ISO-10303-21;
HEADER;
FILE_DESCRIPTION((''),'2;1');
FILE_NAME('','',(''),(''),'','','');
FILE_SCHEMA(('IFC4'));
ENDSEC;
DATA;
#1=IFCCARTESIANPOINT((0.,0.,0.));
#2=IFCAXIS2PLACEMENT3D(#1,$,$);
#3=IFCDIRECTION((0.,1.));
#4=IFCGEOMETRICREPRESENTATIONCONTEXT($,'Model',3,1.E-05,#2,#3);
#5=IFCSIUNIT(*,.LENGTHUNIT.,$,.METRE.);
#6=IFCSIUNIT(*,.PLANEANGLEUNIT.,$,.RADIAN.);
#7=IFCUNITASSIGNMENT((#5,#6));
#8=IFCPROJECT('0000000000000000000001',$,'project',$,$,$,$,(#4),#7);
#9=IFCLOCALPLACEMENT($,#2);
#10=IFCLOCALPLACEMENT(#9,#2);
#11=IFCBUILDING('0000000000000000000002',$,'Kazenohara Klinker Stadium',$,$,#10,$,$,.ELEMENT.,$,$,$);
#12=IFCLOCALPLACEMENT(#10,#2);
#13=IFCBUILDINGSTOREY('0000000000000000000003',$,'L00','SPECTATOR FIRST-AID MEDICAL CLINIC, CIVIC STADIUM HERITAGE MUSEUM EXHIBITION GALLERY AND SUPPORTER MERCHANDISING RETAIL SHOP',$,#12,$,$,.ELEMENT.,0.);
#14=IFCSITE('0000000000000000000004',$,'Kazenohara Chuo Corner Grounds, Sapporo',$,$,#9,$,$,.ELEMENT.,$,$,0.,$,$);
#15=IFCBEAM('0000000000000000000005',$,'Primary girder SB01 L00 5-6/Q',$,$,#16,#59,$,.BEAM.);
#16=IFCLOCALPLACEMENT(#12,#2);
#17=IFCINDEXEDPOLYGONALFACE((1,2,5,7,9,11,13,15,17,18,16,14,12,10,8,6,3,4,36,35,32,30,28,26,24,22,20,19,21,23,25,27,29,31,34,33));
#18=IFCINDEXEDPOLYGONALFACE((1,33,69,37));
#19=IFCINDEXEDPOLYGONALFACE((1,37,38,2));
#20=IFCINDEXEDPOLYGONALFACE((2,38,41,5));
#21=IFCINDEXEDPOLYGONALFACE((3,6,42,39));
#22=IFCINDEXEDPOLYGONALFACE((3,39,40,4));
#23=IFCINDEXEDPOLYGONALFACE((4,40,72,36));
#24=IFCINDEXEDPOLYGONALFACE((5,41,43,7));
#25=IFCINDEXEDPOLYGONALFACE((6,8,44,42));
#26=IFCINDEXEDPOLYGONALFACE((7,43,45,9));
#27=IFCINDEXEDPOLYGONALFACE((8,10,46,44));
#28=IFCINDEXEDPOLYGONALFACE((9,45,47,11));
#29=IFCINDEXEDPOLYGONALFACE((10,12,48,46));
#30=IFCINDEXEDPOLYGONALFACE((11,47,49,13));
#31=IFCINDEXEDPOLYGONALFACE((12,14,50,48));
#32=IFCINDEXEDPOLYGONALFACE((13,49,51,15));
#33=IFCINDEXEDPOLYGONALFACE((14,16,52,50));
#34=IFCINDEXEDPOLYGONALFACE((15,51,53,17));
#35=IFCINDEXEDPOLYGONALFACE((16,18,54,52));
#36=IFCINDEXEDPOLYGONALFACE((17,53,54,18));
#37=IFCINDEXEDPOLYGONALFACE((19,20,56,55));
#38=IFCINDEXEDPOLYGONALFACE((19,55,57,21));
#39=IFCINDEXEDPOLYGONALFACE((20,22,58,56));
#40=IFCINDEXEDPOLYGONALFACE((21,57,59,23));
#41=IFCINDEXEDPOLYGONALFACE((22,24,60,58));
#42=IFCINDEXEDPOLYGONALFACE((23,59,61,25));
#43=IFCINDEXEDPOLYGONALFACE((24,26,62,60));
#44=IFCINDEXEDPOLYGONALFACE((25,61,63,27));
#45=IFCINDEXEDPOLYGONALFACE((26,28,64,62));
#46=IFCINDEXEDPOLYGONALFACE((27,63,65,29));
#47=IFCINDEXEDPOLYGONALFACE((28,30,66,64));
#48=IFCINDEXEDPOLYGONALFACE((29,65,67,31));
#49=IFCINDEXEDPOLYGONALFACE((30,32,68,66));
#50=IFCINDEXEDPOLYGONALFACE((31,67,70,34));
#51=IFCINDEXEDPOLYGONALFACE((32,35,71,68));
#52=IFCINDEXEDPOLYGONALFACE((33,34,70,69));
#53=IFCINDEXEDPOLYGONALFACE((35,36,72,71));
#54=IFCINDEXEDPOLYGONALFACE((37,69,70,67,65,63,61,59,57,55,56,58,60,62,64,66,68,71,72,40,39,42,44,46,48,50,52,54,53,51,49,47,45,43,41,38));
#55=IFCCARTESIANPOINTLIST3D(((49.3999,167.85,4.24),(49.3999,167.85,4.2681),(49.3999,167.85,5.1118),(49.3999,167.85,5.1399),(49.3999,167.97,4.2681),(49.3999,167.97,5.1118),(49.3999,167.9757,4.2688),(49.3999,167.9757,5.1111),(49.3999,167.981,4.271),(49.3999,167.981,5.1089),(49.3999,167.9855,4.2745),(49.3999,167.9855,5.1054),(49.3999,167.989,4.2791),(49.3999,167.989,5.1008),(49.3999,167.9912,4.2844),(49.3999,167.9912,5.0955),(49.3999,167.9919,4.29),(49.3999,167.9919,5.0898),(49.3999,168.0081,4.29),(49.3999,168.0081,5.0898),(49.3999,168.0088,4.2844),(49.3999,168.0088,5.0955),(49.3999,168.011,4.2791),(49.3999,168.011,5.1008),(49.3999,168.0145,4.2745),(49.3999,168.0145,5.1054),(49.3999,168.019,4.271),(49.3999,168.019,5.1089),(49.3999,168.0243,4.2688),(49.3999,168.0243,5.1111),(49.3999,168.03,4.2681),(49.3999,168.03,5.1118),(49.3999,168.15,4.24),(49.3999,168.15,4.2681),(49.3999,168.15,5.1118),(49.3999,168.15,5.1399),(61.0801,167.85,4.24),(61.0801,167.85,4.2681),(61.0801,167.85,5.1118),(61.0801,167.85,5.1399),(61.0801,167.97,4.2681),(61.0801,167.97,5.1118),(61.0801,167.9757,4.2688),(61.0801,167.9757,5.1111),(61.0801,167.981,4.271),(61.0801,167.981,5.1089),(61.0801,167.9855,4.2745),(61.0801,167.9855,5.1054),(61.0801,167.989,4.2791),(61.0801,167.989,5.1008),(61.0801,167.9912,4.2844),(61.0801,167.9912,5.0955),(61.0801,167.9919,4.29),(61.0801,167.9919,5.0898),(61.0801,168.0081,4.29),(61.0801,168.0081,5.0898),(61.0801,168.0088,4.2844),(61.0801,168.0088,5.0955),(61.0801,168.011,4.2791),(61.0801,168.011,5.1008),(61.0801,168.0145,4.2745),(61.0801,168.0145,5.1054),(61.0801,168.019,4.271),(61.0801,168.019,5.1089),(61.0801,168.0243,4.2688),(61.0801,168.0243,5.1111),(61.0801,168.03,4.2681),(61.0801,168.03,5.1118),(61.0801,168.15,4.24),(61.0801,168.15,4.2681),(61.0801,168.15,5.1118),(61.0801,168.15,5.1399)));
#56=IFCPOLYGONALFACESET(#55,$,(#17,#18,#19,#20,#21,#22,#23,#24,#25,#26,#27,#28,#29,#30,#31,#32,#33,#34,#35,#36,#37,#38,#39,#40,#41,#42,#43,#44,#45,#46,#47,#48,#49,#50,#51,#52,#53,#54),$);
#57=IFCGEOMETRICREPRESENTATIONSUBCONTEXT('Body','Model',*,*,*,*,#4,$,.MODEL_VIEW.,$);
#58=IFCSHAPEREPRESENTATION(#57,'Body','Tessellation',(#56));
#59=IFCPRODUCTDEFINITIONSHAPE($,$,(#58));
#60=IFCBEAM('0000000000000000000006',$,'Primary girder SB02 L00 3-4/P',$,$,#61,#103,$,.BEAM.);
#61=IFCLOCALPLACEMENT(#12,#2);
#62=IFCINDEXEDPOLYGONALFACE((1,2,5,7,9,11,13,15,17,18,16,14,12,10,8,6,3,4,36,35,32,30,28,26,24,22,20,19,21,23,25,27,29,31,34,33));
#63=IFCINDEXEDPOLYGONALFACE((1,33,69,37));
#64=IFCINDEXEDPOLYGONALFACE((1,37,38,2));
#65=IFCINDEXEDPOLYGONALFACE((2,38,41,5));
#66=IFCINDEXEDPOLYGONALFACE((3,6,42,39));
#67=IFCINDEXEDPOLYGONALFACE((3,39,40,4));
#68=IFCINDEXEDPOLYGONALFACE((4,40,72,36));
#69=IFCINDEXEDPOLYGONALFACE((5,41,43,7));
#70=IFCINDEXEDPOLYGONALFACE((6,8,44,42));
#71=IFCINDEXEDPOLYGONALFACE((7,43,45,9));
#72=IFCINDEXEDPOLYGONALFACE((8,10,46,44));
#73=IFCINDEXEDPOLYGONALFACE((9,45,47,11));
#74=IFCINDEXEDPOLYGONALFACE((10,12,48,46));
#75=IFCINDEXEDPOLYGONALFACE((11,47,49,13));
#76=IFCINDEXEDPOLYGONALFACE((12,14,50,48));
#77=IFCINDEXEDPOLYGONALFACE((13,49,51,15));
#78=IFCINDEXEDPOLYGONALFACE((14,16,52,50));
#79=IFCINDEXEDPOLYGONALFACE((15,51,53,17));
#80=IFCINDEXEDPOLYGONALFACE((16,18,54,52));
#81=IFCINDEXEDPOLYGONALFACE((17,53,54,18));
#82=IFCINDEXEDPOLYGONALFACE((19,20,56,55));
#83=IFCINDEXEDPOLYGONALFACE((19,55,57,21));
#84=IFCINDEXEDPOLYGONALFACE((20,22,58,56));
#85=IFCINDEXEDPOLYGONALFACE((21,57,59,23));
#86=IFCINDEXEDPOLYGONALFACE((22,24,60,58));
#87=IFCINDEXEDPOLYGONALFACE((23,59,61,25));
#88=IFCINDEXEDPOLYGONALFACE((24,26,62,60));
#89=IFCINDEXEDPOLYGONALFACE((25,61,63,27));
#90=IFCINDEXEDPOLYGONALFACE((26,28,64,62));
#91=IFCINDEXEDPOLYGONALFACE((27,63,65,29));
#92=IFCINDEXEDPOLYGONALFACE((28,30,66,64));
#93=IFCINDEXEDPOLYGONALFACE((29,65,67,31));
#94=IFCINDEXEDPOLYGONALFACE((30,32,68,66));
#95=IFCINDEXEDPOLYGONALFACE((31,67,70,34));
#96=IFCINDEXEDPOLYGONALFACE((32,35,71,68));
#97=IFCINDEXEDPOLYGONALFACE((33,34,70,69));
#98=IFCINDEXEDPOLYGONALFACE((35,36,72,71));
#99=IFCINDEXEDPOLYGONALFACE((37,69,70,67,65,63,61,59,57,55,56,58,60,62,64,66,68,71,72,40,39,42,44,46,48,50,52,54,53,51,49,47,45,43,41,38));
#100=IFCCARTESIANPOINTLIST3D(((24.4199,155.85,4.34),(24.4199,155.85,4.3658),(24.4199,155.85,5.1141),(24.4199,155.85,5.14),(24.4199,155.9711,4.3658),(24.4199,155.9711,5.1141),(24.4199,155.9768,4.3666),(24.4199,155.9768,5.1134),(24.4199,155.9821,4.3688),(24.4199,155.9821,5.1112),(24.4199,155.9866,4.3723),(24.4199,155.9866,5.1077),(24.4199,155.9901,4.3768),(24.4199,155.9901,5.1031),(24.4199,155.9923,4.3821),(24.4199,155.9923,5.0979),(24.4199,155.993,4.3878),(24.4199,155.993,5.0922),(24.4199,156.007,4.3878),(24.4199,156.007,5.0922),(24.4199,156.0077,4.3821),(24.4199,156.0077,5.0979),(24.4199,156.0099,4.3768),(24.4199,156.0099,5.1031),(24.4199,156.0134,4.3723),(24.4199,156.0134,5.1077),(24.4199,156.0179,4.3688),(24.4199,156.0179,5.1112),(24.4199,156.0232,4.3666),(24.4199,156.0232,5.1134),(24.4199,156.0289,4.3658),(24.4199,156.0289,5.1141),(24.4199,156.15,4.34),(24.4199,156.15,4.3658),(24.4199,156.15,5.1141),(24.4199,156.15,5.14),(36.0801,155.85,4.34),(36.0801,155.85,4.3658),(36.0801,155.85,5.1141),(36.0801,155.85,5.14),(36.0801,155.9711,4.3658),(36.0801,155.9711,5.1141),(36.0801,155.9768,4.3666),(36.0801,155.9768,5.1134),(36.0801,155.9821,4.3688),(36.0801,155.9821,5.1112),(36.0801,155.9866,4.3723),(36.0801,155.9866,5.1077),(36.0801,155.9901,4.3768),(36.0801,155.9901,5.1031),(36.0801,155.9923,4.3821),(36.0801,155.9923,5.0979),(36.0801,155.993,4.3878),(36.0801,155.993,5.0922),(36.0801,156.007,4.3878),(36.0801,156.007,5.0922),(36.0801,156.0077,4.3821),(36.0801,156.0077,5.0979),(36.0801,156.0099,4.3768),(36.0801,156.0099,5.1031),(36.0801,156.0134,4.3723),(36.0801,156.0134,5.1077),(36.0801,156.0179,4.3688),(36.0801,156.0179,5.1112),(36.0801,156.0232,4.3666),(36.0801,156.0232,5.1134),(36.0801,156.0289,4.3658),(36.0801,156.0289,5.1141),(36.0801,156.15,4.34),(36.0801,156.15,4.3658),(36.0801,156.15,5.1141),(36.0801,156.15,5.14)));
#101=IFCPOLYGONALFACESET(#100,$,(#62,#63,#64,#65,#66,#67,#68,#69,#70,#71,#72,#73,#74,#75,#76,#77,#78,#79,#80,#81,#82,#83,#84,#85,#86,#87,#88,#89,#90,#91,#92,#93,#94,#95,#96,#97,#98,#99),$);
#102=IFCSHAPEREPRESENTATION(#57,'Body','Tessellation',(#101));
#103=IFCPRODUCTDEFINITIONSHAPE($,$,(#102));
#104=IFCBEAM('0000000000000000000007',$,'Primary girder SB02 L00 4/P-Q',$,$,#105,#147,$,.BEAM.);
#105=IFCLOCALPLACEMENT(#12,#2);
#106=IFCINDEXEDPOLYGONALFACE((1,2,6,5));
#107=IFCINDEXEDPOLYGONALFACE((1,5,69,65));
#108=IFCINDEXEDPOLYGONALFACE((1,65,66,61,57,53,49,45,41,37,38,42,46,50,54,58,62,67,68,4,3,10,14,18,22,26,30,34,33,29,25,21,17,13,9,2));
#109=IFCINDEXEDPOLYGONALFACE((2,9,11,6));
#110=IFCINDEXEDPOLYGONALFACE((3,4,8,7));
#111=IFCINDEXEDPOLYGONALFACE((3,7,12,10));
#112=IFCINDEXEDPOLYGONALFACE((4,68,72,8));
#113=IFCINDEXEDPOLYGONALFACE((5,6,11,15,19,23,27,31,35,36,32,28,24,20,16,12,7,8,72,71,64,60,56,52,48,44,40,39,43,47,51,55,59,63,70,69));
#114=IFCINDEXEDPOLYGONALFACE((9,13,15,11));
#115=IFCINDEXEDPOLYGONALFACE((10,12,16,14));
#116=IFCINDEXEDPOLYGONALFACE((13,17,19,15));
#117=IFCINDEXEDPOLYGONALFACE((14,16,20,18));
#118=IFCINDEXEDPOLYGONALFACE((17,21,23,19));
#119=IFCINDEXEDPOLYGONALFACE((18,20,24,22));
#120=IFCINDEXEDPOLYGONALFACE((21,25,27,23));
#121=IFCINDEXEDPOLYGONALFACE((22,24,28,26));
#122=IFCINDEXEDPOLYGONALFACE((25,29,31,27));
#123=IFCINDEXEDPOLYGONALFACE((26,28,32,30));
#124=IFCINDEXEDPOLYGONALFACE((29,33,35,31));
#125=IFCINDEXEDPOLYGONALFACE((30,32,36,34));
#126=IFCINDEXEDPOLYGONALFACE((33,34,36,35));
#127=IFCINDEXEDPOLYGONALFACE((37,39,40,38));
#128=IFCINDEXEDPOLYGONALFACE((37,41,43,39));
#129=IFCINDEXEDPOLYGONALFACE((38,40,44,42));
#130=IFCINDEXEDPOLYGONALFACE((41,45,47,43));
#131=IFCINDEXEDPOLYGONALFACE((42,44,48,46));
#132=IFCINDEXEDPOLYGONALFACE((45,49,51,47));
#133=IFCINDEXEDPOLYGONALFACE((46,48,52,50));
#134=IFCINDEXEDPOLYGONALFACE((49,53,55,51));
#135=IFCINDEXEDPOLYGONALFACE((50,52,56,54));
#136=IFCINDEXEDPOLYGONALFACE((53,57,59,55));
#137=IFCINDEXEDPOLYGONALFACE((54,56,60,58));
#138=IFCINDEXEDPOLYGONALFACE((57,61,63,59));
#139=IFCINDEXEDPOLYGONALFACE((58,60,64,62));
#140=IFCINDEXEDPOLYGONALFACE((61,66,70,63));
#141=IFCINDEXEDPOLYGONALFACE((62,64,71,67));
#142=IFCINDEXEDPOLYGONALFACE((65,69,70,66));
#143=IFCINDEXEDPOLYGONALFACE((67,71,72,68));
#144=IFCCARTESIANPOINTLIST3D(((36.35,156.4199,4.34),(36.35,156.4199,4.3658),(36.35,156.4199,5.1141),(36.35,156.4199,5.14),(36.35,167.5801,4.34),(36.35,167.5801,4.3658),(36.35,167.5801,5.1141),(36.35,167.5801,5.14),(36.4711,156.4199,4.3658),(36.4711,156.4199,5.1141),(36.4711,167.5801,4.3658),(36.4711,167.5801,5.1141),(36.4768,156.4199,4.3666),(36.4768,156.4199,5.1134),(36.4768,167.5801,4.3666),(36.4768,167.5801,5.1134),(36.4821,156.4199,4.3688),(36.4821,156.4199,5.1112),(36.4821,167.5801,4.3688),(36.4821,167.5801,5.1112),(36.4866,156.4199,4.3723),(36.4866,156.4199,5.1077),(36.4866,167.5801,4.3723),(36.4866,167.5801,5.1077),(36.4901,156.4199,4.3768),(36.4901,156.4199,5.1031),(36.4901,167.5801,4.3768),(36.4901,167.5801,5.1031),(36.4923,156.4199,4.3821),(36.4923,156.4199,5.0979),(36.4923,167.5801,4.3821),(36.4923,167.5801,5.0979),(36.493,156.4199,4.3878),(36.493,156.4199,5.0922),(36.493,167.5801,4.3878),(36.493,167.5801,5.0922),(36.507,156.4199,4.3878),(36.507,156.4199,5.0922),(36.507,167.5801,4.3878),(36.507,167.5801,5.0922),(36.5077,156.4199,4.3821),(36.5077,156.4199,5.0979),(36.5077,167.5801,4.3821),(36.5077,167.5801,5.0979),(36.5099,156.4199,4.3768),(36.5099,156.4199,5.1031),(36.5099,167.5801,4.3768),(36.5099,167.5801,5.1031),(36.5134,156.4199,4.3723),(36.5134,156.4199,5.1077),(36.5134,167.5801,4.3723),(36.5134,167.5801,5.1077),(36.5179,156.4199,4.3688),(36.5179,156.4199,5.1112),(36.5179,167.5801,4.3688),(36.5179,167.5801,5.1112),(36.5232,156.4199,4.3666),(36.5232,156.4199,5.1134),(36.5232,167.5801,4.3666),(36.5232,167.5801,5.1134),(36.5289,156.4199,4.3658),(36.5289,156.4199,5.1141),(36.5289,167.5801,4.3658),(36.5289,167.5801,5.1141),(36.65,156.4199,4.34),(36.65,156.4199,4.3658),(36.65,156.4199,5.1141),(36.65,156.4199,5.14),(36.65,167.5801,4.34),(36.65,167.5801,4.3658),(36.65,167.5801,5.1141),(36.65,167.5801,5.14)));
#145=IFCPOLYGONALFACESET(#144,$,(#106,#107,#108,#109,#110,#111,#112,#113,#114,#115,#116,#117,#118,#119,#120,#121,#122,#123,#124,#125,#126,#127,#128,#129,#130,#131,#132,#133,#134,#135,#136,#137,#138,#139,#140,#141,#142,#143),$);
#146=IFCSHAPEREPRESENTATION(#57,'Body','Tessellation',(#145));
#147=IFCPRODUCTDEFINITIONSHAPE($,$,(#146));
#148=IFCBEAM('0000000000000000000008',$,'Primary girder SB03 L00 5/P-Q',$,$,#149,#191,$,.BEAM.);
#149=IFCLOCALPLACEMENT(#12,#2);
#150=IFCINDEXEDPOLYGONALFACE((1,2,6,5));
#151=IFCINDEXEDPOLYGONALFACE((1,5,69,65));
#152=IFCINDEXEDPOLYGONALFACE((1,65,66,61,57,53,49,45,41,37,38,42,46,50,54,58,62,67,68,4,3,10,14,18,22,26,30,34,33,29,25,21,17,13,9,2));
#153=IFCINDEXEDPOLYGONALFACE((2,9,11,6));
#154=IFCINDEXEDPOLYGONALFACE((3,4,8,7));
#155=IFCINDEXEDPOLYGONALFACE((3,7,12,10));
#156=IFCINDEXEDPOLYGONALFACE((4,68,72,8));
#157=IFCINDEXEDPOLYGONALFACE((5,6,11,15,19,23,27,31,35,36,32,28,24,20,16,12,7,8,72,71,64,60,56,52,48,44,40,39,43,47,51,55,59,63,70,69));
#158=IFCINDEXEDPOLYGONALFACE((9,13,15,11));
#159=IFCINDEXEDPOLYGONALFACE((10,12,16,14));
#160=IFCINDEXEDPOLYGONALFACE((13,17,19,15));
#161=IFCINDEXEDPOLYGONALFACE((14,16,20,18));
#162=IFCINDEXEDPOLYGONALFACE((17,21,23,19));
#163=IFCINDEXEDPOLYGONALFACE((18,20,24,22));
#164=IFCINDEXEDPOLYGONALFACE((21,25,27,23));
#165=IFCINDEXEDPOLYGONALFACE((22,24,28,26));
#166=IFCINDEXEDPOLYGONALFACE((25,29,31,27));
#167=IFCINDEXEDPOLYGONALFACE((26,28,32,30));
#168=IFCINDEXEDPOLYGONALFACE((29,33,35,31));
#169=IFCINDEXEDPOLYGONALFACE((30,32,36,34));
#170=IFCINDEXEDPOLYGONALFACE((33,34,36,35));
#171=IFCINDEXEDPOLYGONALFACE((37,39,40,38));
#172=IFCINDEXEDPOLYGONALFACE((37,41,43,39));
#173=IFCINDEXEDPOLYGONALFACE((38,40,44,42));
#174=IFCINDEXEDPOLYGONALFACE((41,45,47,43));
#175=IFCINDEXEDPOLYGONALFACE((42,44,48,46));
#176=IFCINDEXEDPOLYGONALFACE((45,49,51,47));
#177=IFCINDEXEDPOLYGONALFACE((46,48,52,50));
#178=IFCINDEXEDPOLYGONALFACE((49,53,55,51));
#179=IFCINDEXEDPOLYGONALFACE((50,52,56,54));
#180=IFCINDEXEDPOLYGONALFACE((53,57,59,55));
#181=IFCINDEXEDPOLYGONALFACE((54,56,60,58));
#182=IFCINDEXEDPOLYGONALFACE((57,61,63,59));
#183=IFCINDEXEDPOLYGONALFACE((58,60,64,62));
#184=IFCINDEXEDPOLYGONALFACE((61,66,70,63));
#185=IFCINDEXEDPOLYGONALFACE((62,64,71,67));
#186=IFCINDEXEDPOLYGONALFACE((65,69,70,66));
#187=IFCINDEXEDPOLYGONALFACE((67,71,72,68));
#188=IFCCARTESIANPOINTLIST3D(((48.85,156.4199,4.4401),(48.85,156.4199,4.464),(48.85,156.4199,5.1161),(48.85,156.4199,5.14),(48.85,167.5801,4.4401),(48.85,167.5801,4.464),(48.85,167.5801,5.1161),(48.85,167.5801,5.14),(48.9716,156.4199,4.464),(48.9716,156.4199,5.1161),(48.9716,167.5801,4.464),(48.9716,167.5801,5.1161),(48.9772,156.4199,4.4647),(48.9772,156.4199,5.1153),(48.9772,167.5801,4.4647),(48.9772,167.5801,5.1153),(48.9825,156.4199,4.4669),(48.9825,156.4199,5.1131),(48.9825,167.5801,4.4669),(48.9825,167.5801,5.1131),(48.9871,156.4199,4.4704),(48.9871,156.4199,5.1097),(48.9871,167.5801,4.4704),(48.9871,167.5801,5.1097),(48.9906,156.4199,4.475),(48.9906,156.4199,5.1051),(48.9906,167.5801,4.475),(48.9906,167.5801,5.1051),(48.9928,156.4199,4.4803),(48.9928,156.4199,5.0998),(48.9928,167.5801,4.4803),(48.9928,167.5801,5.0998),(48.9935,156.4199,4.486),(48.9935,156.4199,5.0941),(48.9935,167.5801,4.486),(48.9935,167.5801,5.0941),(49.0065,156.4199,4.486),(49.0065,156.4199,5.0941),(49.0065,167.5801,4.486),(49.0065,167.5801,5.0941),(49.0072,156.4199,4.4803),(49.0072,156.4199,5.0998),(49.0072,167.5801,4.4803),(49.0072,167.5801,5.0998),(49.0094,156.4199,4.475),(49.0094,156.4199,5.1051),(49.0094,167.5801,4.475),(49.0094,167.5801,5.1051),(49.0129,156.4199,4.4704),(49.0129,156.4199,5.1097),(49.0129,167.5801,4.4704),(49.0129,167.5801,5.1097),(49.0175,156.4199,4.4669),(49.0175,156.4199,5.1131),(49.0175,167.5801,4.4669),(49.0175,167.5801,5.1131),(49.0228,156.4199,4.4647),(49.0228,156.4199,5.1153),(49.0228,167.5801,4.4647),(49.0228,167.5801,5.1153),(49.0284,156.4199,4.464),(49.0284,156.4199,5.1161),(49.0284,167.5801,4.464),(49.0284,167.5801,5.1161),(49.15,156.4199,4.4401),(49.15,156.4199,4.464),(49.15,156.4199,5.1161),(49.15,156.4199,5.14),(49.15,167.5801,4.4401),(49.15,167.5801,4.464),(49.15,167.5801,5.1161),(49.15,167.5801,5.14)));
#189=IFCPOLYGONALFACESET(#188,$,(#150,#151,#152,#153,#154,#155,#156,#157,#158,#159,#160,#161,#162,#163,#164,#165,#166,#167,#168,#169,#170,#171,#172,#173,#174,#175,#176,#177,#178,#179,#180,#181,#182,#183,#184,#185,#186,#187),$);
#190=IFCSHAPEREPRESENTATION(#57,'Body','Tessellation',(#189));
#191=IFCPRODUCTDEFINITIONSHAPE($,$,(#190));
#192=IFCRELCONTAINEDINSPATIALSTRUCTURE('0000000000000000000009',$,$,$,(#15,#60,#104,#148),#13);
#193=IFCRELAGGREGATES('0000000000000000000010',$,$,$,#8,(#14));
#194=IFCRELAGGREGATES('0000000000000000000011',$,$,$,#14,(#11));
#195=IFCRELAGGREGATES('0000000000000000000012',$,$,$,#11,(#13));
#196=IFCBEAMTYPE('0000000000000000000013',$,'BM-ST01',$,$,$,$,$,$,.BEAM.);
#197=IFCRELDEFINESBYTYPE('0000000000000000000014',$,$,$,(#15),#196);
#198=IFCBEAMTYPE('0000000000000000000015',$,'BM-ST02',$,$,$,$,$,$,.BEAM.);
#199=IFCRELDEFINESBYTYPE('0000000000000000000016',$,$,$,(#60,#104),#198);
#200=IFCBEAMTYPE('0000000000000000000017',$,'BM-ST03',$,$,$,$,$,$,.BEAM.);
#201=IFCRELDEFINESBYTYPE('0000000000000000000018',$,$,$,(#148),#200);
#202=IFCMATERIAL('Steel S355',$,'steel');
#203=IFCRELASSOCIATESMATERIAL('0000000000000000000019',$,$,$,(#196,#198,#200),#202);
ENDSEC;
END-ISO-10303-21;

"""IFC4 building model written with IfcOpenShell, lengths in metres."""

from ifc_helpers import new_model, si_unit, direction, frame, origin, origin_2d, place, context, subcontext, project, spatial, i_section, extrude, material, material_profile, profile_set, type_object, element, save


model = new_model("IFC4")

# Units and contexts
model_context = context("Model", 3, precision=1e-05, world=origin(), true_north=direction((0.0, 1.0)))
body_context = subcontext(model_context, "Body", "Model", "MODEL_VIEW")
ifc_project = project(units=[si_unit("LENGTHUNIT", "METRE"), si_unit("PLANEANGLEUNIT", "RADIAN")], contexts=[model_context])

# Site, building, storey
site_placement = place(None, origin())
site = spatial("IfcSite", under=ifc_project, at=site_placement, Name="Kazenohara Chuo Corner Grounds, Sapporo", CompositionType="ELEMENT", RefElevation=0.0)
building_placement = place(site_placement, origin())
building = spatial("IfcBuilding", under=site, at=building_placement, Name="Kazenohara Klinker Stadium", CompositionType="ELEMENT")
storey_placement = place(building_placement, origin())
storey = spatial("IfcBuildingStorey", under=building, at=storey_placement, Name="L00", Description="SPECTATOR FIRST-AID MEDICAL CLINIC, CIVIC STADIUM HERITAGE MUSEUM EXHIBITION GALLERY AND SUPPORTER MERCHANDISING RETAIL SHOP", CompositionType="ELEMENT", Elevation=0.0)

# Beams
ifc_material_1 = material(Name="Steel S355", Category="steel")
ifc_material_profile_1 = material_profile(ifc_material_1, i_section(OverallWidth=0.3, OverallDepth=0.8999, WebThickness=0.0161, FlangeThickness=0.0281, FilletRadius=0.022, at=origin_2d()), Name="H-900x300x16x28")
ifc_profile_set_1 = profile_set([ifc_material_profile_1], Name="Steel S355")
beam_type_1 = type_object("IfcBeamType", Name="BM-ST01", PredefinedType="BEAM", material=ifc_profile_set_1)
beam_1_placement = place(storey_placement, frame((49.3999, 168.0, 4.6899), z_axis=(1.0, 0.0, 0.0), x_axis=(0.0, 1.0, 0.0)))
element("IfcBeam", 1, at=beam_1_placement, inside=storey, type_object=beam_type_1, Name="Primary girder SB01 L00 5-6/Q", PredefinedType="BEAM", context=body_context, shape_type="SweptSolid", body=[
    extrude(i_section(OverallWidth=0.3, OverallDepth=0.8999, WebThickness=0.0161, FlangeThickness=0.0281, FilletRadius=0.022, at=origin_2d()), origin(), (0.0, 0.0, 1.0), 11.6802),
])
ifc_material_profile_2 = material_profile(ifc_material_1, i_section(OverallWidth=0.3, OverallDepth=0.8, WebThickness=0.0139, FlangeThickness=0.0259, FilletRadius=0.022, at=origin_2d()), Name="H-800x300x14x26")
ifc_profile_set_2 = profile_set([ifc_material_profile_2], Name="Steel S355")
beam_type_2 = type_object("IfcBeamType", Name="BM-ST02", PredefinedType="BEAM", material=ifc_profile_set_2)
beam_2_placement = place(storey_placement, frame((24.4199, 156.0, 4.74), z_axis=(1.0, 0.0, 0.0), x_axis=(0.0, 1.0, 0.0)))
element("IfcBeam", 2, at=beam_2_placement, inside=storey, type_object=beam_type_2, Name="Primary girder SB02 L00 3-4/P", PredefinedType="BEAM", context=body_context, shape_type="SweptSolid", body=[
    extrude(i_section(OverallWidth=0.3, OverallDepth=0.8, WebThickness=0.0139, FlangeThickness=0.0259, FilletRadius=0.022, at=origin_2d()), origin(), (0.0, 0.0, 1.0), 11.6602),
])
beam_3_placement = place(storey_placement, frame((36.5, 156.4199, 4.74), z_axis=(0.0, 1.0, 0.0), x_axis=(-1.0, 0.0, 0.0)))
element("IfcBeam", 3, at=beam_3_placement, inside=storey, type_object=beam_type_2, Name="Primary girder SB02 L00 4/P-Q", PredefinedType="BEAM", context=body_context, shape_type="SweptSolid", body=[
    extrude(i_section(OverallWidth=0.3, OverallDepth=0.8, WebThickness=0.0139, FlangeThickness=0.0259, FilletRadius=0.022, at=origin_2d()), origin(), (0.0, 0.0, 1.0), 11.1602),
])
ifc_material_profile_3 = material_profile(ifc_material_1, i_section(OverallWidth=0.3, OverallDepth=0.7, WebThickness=0.0129, FlangeThickness=0.0239, FilletRadius=0.022, at=origin_2d()), Name="H-700x300x13x24")
ifc_profile_set_3 = profile_set([ifc_material_profile_3], Name="Steel S355")
beam_type_3 = type_object("IfcBeamType", Name="BM-ST03", PredefinedType="BEAM", material=ifc_profile_set_3)
beam_4_placement = place(storey_placement, frame((49.0, 156.4199, 4.79), z_axis=(0.0, 1.0, 0.0), x_axis=(-1.0, 0.0, 0.0)))
element("IfcBeam", 4, at=beam_4_placement, inside=storey, type_object=beam_type_3, Name="Primary girder SB03 L00 5/P-Q", PredefinedType="BEAM", context=body_context, shape_type="SweptSolid", body=[
    extrude(i_section(OverallWidth=0.3, OverallDepth=0.7, WebThickness=0.0129, FlangeThickness=0.0239, FilletRadius=0.022, at=origin_2d()), origin(), (0.0, 0.0, 1.0), 11.1602),
])

save(model, "model.ifc")
